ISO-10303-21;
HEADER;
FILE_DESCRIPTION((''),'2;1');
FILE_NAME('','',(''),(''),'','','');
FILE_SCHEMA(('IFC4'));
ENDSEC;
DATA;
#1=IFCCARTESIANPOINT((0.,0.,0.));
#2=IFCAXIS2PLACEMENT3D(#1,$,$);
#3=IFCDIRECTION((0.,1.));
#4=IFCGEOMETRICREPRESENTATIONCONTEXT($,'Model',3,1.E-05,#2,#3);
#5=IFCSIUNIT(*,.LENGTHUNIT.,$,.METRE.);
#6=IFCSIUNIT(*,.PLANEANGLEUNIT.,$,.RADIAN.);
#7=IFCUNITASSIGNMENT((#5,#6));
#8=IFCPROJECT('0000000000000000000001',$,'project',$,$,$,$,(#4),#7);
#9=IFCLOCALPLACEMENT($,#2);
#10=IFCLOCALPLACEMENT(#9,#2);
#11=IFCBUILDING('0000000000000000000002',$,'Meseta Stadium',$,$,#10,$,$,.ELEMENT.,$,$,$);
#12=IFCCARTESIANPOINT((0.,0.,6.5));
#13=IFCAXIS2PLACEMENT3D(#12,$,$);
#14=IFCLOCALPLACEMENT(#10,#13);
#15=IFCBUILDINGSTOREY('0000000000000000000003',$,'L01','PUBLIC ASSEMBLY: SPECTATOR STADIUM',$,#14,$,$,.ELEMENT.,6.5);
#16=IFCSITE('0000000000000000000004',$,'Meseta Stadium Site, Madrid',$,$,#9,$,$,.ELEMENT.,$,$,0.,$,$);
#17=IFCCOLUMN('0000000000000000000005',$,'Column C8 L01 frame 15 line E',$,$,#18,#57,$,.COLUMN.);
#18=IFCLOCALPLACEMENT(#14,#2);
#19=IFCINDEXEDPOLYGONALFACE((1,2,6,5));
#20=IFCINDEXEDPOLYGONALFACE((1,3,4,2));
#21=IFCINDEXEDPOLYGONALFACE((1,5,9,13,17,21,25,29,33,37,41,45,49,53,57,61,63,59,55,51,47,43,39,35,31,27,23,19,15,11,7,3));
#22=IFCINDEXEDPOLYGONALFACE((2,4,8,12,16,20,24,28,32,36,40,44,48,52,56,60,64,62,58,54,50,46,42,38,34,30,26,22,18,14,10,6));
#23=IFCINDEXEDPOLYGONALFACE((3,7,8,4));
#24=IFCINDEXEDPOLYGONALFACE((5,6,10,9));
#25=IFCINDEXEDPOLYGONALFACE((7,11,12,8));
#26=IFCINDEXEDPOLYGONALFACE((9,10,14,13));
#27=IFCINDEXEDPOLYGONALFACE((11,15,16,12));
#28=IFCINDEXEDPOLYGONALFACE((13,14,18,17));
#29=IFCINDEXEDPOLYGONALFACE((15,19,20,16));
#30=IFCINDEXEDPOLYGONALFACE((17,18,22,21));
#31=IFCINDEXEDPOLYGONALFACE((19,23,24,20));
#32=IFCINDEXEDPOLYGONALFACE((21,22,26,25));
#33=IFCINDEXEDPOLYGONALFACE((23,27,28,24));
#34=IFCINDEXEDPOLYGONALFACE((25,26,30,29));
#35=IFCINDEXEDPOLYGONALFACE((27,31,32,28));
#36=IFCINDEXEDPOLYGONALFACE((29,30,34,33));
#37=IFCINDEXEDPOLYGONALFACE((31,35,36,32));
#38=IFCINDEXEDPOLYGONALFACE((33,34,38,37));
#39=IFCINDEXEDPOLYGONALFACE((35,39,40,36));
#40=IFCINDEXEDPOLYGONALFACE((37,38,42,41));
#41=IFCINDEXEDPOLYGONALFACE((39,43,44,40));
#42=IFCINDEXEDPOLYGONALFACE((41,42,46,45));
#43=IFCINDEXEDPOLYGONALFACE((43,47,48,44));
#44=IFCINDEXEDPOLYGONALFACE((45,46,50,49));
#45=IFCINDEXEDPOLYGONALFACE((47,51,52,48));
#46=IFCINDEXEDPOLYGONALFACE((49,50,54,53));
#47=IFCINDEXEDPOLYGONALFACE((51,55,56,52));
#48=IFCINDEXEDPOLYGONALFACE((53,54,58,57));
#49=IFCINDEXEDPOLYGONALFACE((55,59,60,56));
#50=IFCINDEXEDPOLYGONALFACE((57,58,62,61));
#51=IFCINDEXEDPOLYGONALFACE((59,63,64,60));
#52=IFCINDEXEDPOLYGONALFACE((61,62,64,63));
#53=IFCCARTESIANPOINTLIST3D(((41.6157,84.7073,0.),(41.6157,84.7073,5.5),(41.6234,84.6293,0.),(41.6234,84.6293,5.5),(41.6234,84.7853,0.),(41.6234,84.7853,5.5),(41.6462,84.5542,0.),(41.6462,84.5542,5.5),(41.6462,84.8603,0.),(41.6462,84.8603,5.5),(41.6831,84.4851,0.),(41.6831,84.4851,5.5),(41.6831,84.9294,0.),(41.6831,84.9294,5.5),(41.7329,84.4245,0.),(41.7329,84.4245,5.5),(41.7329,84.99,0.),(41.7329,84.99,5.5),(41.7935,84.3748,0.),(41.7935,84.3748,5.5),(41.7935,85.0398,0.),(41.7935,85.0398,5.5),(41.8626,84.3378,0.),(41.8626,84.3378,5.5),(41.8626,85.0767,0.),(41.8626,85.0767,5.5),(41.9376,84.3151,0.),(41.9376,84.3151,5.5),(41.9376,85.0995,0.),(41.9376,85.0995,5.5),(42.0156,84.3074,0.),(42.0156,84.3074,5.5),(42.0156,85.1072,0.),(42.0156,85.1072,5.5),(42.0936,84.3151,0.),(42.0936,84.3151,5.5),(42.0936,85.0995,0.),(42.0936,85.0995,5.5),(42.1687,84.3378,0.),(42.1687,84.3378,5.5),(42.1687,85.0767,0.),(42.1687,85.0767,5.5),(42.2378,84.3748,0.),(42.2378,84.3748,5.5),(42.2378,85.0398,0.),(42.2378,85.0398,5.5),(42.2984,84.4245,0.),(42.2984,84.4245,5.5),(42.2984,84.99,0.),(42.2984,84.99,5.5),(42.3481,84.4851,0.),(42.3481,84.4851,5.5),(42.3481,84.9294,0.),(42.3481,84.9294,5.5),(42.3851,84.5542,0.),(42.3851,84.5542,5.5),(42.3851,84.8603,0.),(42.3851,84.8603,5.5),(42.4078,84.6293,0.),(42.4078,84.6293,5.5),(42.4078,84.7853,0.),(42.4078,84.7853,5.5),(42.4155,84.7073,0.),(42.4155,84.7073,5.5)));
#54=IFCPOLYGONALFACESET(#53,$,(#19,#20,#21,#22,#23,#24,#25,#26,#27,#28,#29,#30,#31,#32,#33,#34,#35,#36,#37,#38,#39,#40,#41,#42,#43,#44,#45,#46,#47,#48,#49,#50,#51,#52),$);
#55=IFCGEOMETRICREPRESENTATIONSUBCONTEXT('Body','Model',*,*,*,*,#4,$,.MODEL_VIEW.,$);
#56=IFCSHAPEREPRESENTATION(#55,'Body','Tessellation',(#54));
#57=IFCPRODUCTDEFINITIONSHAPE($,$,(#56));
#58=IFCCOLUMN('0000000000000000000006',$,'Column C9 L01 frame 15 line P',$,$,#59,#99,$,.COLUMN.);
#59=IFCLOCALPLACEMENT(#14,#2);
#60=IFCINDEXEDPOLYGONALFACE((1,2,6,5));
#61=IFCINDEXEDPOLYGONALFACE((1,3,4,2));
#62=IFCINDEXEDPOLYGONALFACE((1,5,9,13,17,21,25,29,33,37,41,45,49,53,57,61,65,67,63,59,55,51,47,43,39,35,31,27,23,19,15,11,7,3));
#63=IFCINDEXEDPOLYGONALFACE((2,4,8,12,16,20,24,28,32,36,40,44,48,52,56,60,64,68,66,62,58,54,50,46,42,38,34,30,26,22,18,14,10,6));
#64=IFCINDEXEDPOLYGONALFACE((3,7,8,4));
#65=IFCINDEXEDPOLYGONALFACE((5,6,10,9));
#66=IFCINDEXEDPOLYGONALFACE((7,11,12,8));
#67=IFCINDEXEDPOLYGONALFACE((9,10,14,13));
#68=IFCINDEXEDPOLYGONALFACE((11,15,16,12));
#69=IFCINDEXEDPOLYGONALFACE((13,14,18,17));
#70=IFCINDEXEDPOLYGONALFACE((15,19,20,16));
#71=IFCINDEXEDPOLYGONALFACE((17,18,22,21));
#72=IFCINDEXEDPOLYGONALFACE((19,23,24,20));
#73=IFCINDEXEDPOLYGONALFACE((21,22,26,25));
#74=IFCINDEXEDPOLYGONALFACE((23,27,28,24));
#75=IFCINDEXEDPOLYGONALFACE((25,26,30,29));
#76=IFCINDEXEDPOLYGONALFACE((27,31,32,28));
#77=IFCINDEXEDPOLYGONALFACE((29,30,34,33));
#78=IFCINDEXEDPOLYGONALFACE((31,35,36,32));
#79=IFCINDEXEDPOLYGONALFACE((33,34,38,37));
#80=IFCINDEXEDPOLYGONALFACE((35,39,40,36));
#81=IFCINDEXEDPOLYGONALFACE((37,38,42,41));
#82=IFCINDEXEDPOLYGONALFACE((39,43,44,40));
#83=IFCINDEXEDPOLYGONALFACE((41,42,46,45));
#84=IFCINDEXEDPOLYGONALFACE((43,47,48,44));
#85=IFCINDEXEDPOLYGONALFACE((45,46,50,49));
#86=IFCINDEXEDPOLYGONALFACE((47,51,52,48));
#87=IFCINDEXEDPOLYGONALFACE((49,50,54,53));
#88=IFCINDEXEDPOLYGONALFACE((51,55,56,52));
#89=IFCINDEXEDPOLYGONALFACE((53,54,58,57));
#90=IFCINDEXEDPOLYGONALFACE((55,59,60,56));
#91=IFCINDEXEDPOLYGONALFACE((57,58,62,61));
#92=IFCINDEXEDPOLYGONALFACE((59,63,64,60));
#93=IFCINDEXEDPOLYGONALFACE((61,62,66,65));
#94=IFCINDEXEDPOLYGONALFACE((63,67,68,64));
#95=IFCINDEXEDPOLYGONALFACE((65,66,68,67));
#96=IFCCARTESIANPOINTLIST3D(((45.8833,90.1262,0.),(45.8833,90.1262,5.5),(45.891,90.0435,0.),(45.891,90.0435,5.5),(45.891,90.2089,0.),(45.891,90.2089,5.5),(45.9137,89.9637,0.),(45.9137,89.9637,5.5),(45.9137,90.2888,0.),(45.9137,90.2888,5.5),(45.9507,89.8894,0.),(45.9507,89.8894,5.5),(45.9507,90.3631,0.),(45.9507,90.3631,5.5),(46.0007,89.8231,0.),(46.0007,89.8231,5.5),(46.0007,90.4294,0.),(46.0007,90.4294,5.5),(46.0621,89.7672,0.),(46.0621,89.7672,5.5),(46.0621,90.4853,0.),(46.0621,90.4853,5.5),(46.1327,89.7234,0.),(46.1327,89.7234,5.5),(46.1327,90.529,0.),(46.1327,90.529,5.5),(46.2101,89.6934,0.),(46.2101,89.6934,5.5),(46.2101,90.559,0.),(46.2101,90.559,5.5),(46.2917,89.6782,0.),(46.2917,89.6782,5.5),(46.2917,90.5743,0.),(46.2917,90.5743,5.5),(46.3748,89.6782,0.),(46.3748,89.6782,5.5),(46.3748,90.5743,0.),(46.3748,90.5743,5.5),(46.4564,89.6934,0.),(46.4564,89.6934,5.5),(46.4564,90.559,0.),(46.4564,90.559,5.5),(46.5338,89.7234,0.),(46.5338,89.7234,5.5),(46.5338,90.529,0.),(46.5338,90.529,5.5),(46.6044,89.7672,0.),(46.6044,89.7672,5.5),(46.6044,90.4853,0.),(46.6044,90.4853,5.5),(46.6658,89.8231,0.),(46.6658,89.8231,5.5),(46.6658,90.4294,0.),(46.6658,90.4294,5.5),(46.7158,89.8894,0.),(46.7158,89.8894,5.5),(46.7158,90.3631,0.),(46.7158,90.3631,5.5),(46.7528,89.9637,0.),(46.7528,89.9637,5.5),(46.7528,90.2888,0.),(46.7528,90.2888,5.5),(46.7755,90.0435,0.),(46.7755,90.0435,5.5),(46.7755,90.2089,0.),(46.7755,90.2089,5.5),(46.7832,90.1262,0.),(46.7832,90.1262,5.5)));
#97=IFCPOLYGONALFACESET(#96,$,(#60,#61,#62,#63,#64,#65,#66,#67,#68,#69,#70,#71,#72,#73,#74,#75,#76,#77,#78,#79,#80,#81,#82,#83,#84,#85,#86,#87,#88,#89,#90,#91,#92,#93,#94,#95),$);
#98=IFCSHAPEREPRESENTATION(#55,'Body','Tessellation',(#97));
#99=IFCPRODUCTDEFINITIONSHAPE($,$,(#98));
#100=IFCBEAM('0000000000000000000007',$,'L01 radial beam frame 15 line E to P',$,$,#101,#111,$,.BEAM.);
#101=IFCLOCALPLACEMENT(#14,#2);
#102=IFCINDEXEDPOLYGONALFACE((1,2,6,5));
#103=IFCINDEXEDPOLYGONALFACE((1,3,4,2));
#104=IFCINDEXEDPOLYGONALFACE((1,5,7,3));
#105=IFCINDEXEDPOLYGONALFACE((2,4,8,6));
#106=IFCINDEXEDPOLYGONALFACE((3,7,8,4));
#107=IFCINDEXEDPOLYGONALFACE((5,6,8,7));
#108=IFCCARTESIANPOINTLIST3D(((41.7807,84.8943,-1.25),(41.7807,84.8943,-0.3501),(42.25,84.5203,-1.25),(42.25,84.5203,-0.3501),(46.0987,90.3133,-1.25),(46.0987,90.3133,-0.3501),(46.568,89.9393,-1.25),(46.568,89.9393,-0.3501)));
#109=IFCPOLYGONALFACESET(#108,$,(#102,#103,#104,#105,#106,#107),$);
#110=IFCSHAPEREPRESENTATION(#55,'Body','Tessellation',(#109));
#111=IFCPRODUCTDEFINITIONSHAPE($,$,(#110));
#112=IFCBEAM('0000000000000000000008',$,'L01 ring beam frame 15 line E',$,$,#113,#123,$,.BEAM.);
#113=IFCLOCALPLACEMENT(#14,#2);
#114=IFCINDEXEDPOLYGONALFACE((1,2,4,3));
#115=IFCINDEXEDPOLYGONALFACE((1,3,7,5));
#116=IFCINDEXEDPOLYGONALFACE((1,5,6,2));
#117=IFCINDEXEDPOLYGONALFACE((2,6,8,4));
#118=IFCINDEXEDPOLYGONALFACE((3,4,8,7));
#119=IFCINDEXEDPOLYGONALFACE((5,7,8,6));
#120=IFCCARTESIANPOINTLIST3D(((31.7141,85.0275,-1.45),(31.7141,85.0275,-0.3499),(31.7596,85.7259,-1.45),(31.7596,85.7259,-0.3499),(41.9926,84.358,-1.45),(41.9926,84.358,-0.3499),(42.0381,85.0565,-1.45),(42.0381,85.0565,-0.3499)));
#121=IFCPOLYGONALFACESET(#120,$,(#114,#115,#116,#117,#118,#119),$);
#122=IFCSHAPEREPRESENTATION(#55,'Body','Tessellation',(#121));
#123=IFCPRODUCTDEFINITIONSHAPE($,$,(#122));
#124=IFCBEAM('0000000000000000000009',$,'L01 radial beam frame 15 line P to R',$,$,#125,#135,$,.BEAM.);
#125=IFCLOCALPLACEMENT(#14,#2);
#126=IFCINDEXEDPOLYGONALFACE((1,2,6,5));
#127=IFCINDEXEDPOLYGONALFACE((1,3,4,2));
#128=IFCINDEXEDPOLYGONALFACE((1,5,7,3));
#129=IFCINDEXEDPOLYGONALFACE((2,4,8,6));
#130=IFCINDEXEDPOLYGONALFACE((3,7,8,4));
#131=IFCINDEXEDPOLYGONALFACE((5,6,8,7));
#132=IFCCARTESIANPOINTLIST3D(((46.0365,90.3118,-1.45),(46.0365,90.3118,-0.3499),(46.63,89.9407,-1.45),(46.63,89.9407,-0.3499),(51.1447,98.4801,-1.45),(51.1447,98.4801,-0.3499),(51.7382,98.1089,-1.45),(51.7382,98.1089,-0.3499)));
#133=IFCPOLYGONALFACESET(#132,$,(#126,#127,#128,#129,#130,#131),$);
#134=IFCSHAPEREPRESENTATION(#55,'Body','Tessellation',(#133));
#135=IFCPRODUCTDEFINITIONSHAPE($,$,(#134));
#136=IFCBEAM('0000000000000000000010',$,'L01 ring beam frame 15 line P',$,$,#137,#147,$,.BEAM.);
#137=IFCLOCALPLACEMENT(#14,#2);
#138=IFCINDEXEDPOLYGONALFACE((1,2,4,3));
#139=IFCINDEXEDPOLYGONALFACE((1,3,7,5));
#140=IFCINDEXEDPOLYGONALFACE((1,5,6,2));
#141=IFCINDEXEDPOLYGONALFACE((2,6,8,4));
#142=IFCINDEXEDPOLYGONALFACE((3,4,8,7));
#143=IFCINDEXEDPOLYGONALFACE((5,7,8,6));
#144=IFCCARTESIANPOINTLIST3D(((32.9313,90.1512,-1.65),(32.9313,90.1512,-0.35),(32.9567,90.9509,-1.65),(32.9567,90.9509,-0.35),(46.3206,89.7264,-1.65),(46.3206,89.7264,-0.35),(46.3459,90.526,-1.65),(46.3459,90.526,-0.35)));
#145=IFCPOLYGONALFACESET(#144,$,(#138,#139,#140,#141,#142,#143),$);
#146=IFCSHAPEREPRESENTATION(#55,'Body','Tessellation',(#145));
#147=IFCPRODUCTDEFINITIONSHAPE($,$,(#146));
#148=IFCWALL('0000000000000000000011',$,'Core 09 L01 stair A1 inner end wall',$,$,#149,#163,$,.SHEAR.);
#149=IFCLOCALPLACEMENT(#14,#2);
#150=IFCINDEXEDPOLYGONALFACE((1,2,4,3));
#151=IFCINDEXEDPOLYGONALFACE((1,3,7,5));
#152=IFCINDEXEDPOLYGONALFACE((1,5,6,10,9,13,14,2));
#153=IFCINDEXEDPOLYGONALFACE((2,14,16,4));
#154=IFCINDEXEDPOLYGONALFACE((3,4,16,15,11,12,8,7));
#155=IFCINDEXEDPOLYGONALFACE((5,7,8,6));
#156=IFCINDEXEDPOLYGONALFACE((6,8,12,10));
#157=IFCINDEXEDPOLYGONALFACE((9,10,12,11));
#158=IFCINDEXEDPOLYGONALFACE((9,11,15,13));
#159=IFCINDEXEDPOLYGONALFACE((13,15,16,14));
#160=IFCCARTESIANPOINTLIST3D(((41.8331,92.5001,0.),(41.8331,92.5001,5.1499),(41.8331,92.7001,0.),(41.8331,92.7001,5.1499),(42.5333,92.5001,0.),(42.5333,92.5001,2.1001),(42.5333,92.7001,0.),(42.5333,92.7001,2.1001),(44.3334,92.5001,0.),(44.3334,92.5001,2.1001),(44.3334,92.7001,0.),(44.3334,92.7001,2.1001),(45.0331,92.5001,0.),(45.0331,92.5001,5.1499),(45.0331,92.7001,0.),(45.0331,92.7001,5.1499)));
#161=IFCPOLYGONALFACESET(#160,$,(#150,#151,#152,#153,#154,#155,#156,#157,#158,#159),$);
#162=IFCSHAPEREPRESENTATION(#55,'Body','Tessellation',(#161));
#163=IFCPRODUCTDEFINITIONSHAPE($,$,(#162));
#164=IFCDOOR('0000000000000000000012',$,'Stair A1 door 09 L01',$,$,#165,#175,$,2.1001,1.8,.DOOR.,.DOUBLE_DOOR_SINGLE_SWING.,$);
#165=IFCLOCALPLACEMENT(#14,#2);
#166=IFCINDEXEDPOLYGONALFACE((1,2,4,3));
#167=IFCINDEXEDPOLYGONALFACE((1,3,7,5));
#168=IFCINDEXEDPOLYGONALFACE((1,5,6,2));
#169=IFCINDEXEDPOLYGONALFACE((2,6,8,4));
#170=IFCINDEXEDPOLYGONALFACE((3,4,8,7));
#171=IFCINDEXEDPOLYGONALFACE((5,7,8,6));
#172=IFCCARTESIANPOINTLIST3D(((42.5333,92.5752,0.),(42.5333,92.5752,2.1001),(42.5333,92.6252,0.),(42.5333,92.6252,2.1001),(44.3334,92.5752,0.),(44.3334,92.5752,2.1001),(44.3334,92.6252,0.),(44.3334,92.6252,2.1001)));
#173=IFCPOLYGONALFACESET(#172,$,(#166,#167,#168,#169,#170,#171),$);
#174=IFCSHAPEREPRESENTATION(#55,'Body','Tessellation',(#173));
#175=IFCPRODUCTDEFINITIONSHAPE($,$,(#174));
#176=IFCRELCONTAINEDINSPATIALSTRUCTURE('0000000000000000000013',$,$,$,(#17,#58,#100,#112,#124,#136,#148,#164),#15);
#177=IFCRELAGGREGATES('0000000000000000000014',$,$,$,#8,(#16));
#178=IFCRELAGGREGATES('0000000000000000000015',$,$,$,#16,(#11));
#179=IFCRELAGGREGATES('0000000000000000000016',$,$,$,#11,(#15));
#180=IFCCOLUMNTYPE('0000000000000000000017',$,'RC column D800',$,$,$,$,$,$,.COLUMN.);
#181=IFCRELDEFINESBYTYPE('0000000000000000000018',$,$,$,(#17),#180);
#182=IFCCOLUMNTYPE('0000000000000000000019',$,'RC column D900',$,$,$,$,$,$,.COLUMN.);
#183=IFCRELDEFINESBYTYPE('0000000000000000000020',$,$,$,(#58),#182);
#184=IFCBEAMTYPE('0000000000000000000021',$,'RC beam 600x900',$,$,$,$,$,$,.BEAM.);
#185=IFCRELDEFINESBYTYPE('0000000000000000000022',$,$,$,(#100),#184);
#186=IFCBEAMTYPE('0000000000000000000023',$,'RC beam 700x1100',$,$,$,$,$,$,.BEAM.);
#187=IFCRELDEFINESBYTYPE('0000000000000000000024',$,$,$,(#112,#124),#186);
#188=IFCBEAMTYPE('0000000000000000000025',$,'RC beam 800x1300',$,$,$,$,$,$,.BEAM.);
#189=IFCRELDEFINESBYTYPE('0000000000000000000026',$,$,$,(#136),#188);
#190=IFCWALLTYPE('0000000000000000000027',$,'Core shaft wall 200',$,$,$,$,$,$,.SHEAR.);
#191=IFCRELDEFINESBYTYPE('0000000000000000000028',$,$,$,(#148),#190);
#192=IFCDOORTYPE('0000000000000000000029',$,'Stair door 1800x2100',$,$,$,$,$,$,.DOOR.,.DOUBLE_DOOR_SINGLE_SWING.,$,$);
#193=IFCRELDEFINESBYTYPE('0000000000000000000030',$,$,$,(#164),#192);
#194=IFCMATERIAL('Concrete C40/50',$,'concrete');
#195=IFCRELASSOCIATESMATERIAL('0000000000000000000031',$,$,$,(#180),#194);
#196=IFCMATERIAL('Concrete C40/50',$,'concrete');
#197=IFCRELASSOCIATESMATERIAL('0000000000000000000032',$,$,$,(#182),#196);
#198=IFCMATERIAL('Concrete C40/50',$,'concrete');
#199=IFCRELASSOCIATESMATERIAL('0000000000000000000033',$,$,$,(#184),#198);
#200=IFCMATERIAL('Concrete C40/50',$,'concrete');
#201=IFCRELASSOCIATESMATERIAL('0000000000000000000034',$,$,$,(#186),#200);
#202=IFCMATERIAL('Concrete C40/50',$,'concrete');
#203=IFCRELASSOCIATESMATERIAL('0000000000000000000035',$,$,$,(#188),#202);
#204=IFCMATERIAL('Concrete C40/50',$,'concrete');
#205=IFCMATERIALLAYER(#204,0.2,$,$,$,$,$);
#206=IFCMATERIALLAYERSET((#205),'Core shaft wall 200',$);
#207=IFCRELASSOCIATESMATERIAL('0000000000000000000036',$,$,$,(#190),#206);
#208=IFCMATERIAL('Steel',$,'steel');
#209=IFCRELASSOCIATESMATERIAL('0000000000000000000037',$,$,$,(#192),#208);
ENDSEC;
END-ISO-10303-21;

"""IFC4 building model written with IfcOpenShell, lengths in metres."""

from ifc_helpers import new_model, si_unit, direction, frame, frame_2d, origin, origin_2d, place, context, subcontext, project, spatial, rectangle, circle, extrude, material, layer, layer_set, material_profile, profile_set, type_object, element, fill, save


model = new_model("IFC4")

# Units and contexts
model_context = context("Model", 3, precision=1e-05, world=origin(), true_north=direction((0.0, 1.0)))
body_context = subcontext(model_context, "Body", "Model", "MODEL_VIEW")
ifc_project = project(units=[si_unit("LENGTHUNIT", "METRE"), si_unit("PLANEANGLEUNIT", "RADIAN")], contexts=[model_context])

# Site, building, storey
site_placement = place(None, origin())
site = spatial("IfcSite", under=ifc_project, at=site_placement, Name="Meseta Stadium Site, Madrid", CompositionType="ELEMENT", RefElevation=0.0)
building_placement = place(site_placement, origin())
building = spatial("IfcBuilding", under=site, at=building_placement, Name="Meseta Stadium", CompositionType="ELEMENT")
storey_placement = place(building_placement, frame((0.0, 0.0, 6.5)))
storey = spatial("IfcBuildingStorey", under=building, at=storey_placement, Name="L01", Description="PUBLIC ASSEMBLY: SPECTATOR STADIUM", CompositionType="ELEMENT", Elevation=6.5)

# Columns
ifc_material_1 = material(Name="Concrete C40/50", Category="concrete")
ifc_material_profile_1 = material_profile(ifc_material_1, circle(Radius=0.3999, at=origin_2d()), Name="RC D800")
ifc_profile_set_1 = profile_set([ifc_material_profile_1], Name="Concrete C40/50")
column_type_1 = type_object("IfcColumnType", Name="RC column D800", PredefinedType="COLUMN", material=ifc_profile_set_1)
column_1_placement = place(storey_placement, frame((42.0156, 84.7073, 0.0), z_axis=(0.0, 0.0, 1.0), x_axis=(1.0, 0.0, 0.0)))
element("IfcColumn", 1, at=column_1_placement, inside=storey, type_object=column_type_1, Name="Column C8 L01 frame 15 line E", PredefinedType="COLUMN", context=body_context, shape_type="SweptSolid", body=[
    extrude(circle(Radius=0.3999, at=origin_2d()), origin(), (0.0, 0.0, 1.0), 5.5),
])
ifc_material_2 = material(Name="Concrete C40/50", Category="concrete")
ifc_material_profile_2 = material_profile(ifc_material_2, circle(Radius=0.45, at=origin_2d()), Name="RC D900")
ifc_profile_set_2 = profile_set([ifc_material_profile_2], Name="Concrete C40/50")
column_type_2 = type_object("IfcColumnType", Name="RC column D900", PredefinedType="COLUMN", material=ifc_profile_set_2)
column_2_placement = place(storey_placement, frame((46.3333, 90.1262, 0.0), z_axis=(0.0, 0.0, 1.0), x_axis=(1.0, 0.0, 0.0)))
element("IfcColumn", 2, at=column_2_placement, inside=storey, type_object=column_type_2, Name="Column C9 L01 frame 15 line P", PredefinedType="COLUMN", context=body_context, shape_type="SweptSolid", body=[
    extrude(circle(Radius=0.45, at=origin_2d()), origin(), (0.0, 0.0, 1.0), 5.5),
])

# Beams
ifc_material_3 = material(Name="Concrete C40/50", Category="concrete")
ifc_material_profile_3 = material_profile(ifc_material_3, rectangle(XDim=0.6001, YDim=0.8999, at=origin_2d()), Name="RC 600x900")
ifc_profile_set_3 = profile_set([ifc_material_profile_3], Name="Concrete C40/50")
beam_type_1 = type_object("IfcBeamType", Name="RC beam 600x900", PredefinedType="BEAM", material=ifc_profile_set_3)
beam_1_placement = place(storey_placement, frame((42.0154, 84.7073, -0.8), z_axis=(0.623173, 0.782084, 0.0), x_axis=(-0.782084, 0.623173, 0.0)))
element("IfcBeam", 3, at=beam_1_placement, inside=storey, type_object=beam_type_1, Name="L01 radial beam frame 15 line E to P", PredefinedType="BEAM", context=body_context, shape_type="SweptSolid", body=[
    extrude(rectangle(XDim=0.6001, YDim=0.8999, at=origin_2d()), origin(), (0.0, 0.0, 1.0), 6.929),
])
ifc_material_4 = material(Name="Concrete C40/50", Category="concrete")
ifc_material_profile_4 = material_profile(ifc_material_4, rectangle(XDim=0.7, YDim=1.1001, at=origin_2d()), Name="RC 700x1100")
ifc_profile_set_4 = profile_set([ifc_material_profile_4], Name="Concrete C40/50")
beam_type_2 = type_object("IfcBeamType", Name="RC beam 700x1100", PredefinedType="BEAM", material=ifc_profile_set_4)
beam_2_placement = place(storey_placement, frame((42.0154, 84.7073, -0.8999), z_axis=(-0.997886, 0.064991, 0.0), x_axis=(-0.064991, -0.997886, 0.0)))
element("IfcBeam", 4, at=beam_2_placement, inside=storey, type_object=beam_type_2, Name="L01 ring beam frame 15 line E", PredefinedType="BEAM", context=body_context, shape_type="SweptSolid", body=[
    extrude(rectangle(XDim=0.7, YDim=1.1001, at=origin_2d()), origin(), (0.0, 0.0, 1.0), 10.3003),
])
beam_3_placement = place(storey_placement, frame((46.3333, 90.1262, -0.8999), z_axis=(0.530224, 0.847857, 0.0), x_axis=(-0.847857, 0.530224, 0.0)))
element("IfcBeam", 5, at=beam_3_placement, inside=storey, type_object=beam_type_2, Name="L01 radial beam frame 15 line P to R", PredefinedType="BEAM", context=body_context, shape_type="SweptSolid", body=[
    extrude(rectangle(XDim=0.7, YDim=1.1001, at=origin_2d()), origin(), (0.0, 0.0, 1.0), 9.634),
])
ifc_material_5 = material(Name="Concrete C40/50", Category="concrete")
ifc_material_profile_5 = material_profile(ifc_material_5, rectangle(XDim=0.8, YDim=1.3, at=origin_2d()), Name="RC 800x1300")
ifc_profile_set_5 = profile_set([ifc_material_profile_5], Name="Concrete C40/50")
beam_type_3 = type_object("IfcBeamType", Name="RC beam 800x1300", PredefinedType="BEAM", material=ifc_profile_set_5)
beam_4_placement = place(storey_placement, frame((46.3333, 90.1262, -1.0), z_axis=(-0.999497, 0.031712, 0.0), x_axis=(-0.031712, -0.999497, 0.0)))
element("IfcBeam", 6, at=beam_4_placement, inside=storey, type_object=beam_type_3, Name="L01 ring beam frame 15 line P", PredefinedType="BEAM", context=body_context, shape_type="SweptSolid", body=[
    extrude(rectangle(XDim=0.8, YDim=1.3, at=origin_2d()), origin(), (0.0, 0.0, 1.0), 13.396),
])

# Wall, opening, door
ifc_material_6 = material(Name="Concrete C40/50", Category="concrete")
ifc_layer_1 = layer(ifc_material_6, 0.2)
ifc_layer_set_1 = layer_set([ifc_layer_1], Name="Core shaft wall 200")
wall_type_1 = type_object("IfcWallType", Name="Core shaft wall 200", PredefinedType="SHEAR", material=ifc_layer_set_1)
wall_1_placement = place(storey_placement, frame((45.0332, 92.6001, 0.0), z_axis=(0.0, 0.0, 1.0), x_axis=(-1.0, 0.0, 0.0)))
wall_1 = element("IfcWall", 7, at=wall_1_placement, inside=storey, type_object=wall_type_1, Name="Core 09 L01 stair A1 inner end wall", PredefinedType="SHEAR", context=body_context, shape_type="SweptSolid", body=[
    extrude(rectangle(XDim=3.2, YDim=0.2, at=frame_2d((1.6001, 0.0))), origin(), (0.0, 0.0, 1.0), 5.1499),
])
opening_1_placement = place(wall_1_placement, frame((0.7, 0.0, 0.0)))
opening_1 = element("IfcOpeningElement", 8, at=opening_1_placement, cuts=wall_1, PredefinedType="OPENING", context=body_context, shape_type="SweptSolid", body=[
    extrude(rectangle(XDim=1.8, YDim=2.1001, at=frame_2d((0.8999, 1.05))), frame((0.0, 0.1099, 0.0), z_axis=(0.0, -1.0, 0.0), x_axis=(1.0, 0.0, 0.0)), (0.0, 0.0, 1.0), 0.22),
])
ifc_material_7 = material(Name="Steel", Category="steel")
door_type_1 = type_object("IfcDoorType", Name="Stair door 1800x2100", OperationType="DOUBLE_DOOR_SINGLE_SWING", PredefinedType="DOOR", material=ifc_material_7)
door_1_placement = place(opening_1_placement, origin())
door_1 = element("IfcDoor", 9, at=door_1_placement, inside=storey, type_object=door_type_1, Name="Stair A1 door 09 L01", OperationType="DOUBLE_DOOR_SINGLE_SWING", OverallHeight=2.1001, OverallWidth=1.8, PredefinedType="DOOR", context=body_context, shape_type="SweptSolid", body=[
    extrude(rectangle(XDim=1.8, YDim=2.1001, at=frame_2d((0.8999, 1.05))), frame((0.0, 0.0249, 0.0), z_axis=(0.0, -1.0, 0.0), x_axis=(1.0, 0.0, 0.0)), (0.0, 0.0, 1.0), 0.05),
])
fill(opening_1, door_1)

save(model, "model.ifc")
